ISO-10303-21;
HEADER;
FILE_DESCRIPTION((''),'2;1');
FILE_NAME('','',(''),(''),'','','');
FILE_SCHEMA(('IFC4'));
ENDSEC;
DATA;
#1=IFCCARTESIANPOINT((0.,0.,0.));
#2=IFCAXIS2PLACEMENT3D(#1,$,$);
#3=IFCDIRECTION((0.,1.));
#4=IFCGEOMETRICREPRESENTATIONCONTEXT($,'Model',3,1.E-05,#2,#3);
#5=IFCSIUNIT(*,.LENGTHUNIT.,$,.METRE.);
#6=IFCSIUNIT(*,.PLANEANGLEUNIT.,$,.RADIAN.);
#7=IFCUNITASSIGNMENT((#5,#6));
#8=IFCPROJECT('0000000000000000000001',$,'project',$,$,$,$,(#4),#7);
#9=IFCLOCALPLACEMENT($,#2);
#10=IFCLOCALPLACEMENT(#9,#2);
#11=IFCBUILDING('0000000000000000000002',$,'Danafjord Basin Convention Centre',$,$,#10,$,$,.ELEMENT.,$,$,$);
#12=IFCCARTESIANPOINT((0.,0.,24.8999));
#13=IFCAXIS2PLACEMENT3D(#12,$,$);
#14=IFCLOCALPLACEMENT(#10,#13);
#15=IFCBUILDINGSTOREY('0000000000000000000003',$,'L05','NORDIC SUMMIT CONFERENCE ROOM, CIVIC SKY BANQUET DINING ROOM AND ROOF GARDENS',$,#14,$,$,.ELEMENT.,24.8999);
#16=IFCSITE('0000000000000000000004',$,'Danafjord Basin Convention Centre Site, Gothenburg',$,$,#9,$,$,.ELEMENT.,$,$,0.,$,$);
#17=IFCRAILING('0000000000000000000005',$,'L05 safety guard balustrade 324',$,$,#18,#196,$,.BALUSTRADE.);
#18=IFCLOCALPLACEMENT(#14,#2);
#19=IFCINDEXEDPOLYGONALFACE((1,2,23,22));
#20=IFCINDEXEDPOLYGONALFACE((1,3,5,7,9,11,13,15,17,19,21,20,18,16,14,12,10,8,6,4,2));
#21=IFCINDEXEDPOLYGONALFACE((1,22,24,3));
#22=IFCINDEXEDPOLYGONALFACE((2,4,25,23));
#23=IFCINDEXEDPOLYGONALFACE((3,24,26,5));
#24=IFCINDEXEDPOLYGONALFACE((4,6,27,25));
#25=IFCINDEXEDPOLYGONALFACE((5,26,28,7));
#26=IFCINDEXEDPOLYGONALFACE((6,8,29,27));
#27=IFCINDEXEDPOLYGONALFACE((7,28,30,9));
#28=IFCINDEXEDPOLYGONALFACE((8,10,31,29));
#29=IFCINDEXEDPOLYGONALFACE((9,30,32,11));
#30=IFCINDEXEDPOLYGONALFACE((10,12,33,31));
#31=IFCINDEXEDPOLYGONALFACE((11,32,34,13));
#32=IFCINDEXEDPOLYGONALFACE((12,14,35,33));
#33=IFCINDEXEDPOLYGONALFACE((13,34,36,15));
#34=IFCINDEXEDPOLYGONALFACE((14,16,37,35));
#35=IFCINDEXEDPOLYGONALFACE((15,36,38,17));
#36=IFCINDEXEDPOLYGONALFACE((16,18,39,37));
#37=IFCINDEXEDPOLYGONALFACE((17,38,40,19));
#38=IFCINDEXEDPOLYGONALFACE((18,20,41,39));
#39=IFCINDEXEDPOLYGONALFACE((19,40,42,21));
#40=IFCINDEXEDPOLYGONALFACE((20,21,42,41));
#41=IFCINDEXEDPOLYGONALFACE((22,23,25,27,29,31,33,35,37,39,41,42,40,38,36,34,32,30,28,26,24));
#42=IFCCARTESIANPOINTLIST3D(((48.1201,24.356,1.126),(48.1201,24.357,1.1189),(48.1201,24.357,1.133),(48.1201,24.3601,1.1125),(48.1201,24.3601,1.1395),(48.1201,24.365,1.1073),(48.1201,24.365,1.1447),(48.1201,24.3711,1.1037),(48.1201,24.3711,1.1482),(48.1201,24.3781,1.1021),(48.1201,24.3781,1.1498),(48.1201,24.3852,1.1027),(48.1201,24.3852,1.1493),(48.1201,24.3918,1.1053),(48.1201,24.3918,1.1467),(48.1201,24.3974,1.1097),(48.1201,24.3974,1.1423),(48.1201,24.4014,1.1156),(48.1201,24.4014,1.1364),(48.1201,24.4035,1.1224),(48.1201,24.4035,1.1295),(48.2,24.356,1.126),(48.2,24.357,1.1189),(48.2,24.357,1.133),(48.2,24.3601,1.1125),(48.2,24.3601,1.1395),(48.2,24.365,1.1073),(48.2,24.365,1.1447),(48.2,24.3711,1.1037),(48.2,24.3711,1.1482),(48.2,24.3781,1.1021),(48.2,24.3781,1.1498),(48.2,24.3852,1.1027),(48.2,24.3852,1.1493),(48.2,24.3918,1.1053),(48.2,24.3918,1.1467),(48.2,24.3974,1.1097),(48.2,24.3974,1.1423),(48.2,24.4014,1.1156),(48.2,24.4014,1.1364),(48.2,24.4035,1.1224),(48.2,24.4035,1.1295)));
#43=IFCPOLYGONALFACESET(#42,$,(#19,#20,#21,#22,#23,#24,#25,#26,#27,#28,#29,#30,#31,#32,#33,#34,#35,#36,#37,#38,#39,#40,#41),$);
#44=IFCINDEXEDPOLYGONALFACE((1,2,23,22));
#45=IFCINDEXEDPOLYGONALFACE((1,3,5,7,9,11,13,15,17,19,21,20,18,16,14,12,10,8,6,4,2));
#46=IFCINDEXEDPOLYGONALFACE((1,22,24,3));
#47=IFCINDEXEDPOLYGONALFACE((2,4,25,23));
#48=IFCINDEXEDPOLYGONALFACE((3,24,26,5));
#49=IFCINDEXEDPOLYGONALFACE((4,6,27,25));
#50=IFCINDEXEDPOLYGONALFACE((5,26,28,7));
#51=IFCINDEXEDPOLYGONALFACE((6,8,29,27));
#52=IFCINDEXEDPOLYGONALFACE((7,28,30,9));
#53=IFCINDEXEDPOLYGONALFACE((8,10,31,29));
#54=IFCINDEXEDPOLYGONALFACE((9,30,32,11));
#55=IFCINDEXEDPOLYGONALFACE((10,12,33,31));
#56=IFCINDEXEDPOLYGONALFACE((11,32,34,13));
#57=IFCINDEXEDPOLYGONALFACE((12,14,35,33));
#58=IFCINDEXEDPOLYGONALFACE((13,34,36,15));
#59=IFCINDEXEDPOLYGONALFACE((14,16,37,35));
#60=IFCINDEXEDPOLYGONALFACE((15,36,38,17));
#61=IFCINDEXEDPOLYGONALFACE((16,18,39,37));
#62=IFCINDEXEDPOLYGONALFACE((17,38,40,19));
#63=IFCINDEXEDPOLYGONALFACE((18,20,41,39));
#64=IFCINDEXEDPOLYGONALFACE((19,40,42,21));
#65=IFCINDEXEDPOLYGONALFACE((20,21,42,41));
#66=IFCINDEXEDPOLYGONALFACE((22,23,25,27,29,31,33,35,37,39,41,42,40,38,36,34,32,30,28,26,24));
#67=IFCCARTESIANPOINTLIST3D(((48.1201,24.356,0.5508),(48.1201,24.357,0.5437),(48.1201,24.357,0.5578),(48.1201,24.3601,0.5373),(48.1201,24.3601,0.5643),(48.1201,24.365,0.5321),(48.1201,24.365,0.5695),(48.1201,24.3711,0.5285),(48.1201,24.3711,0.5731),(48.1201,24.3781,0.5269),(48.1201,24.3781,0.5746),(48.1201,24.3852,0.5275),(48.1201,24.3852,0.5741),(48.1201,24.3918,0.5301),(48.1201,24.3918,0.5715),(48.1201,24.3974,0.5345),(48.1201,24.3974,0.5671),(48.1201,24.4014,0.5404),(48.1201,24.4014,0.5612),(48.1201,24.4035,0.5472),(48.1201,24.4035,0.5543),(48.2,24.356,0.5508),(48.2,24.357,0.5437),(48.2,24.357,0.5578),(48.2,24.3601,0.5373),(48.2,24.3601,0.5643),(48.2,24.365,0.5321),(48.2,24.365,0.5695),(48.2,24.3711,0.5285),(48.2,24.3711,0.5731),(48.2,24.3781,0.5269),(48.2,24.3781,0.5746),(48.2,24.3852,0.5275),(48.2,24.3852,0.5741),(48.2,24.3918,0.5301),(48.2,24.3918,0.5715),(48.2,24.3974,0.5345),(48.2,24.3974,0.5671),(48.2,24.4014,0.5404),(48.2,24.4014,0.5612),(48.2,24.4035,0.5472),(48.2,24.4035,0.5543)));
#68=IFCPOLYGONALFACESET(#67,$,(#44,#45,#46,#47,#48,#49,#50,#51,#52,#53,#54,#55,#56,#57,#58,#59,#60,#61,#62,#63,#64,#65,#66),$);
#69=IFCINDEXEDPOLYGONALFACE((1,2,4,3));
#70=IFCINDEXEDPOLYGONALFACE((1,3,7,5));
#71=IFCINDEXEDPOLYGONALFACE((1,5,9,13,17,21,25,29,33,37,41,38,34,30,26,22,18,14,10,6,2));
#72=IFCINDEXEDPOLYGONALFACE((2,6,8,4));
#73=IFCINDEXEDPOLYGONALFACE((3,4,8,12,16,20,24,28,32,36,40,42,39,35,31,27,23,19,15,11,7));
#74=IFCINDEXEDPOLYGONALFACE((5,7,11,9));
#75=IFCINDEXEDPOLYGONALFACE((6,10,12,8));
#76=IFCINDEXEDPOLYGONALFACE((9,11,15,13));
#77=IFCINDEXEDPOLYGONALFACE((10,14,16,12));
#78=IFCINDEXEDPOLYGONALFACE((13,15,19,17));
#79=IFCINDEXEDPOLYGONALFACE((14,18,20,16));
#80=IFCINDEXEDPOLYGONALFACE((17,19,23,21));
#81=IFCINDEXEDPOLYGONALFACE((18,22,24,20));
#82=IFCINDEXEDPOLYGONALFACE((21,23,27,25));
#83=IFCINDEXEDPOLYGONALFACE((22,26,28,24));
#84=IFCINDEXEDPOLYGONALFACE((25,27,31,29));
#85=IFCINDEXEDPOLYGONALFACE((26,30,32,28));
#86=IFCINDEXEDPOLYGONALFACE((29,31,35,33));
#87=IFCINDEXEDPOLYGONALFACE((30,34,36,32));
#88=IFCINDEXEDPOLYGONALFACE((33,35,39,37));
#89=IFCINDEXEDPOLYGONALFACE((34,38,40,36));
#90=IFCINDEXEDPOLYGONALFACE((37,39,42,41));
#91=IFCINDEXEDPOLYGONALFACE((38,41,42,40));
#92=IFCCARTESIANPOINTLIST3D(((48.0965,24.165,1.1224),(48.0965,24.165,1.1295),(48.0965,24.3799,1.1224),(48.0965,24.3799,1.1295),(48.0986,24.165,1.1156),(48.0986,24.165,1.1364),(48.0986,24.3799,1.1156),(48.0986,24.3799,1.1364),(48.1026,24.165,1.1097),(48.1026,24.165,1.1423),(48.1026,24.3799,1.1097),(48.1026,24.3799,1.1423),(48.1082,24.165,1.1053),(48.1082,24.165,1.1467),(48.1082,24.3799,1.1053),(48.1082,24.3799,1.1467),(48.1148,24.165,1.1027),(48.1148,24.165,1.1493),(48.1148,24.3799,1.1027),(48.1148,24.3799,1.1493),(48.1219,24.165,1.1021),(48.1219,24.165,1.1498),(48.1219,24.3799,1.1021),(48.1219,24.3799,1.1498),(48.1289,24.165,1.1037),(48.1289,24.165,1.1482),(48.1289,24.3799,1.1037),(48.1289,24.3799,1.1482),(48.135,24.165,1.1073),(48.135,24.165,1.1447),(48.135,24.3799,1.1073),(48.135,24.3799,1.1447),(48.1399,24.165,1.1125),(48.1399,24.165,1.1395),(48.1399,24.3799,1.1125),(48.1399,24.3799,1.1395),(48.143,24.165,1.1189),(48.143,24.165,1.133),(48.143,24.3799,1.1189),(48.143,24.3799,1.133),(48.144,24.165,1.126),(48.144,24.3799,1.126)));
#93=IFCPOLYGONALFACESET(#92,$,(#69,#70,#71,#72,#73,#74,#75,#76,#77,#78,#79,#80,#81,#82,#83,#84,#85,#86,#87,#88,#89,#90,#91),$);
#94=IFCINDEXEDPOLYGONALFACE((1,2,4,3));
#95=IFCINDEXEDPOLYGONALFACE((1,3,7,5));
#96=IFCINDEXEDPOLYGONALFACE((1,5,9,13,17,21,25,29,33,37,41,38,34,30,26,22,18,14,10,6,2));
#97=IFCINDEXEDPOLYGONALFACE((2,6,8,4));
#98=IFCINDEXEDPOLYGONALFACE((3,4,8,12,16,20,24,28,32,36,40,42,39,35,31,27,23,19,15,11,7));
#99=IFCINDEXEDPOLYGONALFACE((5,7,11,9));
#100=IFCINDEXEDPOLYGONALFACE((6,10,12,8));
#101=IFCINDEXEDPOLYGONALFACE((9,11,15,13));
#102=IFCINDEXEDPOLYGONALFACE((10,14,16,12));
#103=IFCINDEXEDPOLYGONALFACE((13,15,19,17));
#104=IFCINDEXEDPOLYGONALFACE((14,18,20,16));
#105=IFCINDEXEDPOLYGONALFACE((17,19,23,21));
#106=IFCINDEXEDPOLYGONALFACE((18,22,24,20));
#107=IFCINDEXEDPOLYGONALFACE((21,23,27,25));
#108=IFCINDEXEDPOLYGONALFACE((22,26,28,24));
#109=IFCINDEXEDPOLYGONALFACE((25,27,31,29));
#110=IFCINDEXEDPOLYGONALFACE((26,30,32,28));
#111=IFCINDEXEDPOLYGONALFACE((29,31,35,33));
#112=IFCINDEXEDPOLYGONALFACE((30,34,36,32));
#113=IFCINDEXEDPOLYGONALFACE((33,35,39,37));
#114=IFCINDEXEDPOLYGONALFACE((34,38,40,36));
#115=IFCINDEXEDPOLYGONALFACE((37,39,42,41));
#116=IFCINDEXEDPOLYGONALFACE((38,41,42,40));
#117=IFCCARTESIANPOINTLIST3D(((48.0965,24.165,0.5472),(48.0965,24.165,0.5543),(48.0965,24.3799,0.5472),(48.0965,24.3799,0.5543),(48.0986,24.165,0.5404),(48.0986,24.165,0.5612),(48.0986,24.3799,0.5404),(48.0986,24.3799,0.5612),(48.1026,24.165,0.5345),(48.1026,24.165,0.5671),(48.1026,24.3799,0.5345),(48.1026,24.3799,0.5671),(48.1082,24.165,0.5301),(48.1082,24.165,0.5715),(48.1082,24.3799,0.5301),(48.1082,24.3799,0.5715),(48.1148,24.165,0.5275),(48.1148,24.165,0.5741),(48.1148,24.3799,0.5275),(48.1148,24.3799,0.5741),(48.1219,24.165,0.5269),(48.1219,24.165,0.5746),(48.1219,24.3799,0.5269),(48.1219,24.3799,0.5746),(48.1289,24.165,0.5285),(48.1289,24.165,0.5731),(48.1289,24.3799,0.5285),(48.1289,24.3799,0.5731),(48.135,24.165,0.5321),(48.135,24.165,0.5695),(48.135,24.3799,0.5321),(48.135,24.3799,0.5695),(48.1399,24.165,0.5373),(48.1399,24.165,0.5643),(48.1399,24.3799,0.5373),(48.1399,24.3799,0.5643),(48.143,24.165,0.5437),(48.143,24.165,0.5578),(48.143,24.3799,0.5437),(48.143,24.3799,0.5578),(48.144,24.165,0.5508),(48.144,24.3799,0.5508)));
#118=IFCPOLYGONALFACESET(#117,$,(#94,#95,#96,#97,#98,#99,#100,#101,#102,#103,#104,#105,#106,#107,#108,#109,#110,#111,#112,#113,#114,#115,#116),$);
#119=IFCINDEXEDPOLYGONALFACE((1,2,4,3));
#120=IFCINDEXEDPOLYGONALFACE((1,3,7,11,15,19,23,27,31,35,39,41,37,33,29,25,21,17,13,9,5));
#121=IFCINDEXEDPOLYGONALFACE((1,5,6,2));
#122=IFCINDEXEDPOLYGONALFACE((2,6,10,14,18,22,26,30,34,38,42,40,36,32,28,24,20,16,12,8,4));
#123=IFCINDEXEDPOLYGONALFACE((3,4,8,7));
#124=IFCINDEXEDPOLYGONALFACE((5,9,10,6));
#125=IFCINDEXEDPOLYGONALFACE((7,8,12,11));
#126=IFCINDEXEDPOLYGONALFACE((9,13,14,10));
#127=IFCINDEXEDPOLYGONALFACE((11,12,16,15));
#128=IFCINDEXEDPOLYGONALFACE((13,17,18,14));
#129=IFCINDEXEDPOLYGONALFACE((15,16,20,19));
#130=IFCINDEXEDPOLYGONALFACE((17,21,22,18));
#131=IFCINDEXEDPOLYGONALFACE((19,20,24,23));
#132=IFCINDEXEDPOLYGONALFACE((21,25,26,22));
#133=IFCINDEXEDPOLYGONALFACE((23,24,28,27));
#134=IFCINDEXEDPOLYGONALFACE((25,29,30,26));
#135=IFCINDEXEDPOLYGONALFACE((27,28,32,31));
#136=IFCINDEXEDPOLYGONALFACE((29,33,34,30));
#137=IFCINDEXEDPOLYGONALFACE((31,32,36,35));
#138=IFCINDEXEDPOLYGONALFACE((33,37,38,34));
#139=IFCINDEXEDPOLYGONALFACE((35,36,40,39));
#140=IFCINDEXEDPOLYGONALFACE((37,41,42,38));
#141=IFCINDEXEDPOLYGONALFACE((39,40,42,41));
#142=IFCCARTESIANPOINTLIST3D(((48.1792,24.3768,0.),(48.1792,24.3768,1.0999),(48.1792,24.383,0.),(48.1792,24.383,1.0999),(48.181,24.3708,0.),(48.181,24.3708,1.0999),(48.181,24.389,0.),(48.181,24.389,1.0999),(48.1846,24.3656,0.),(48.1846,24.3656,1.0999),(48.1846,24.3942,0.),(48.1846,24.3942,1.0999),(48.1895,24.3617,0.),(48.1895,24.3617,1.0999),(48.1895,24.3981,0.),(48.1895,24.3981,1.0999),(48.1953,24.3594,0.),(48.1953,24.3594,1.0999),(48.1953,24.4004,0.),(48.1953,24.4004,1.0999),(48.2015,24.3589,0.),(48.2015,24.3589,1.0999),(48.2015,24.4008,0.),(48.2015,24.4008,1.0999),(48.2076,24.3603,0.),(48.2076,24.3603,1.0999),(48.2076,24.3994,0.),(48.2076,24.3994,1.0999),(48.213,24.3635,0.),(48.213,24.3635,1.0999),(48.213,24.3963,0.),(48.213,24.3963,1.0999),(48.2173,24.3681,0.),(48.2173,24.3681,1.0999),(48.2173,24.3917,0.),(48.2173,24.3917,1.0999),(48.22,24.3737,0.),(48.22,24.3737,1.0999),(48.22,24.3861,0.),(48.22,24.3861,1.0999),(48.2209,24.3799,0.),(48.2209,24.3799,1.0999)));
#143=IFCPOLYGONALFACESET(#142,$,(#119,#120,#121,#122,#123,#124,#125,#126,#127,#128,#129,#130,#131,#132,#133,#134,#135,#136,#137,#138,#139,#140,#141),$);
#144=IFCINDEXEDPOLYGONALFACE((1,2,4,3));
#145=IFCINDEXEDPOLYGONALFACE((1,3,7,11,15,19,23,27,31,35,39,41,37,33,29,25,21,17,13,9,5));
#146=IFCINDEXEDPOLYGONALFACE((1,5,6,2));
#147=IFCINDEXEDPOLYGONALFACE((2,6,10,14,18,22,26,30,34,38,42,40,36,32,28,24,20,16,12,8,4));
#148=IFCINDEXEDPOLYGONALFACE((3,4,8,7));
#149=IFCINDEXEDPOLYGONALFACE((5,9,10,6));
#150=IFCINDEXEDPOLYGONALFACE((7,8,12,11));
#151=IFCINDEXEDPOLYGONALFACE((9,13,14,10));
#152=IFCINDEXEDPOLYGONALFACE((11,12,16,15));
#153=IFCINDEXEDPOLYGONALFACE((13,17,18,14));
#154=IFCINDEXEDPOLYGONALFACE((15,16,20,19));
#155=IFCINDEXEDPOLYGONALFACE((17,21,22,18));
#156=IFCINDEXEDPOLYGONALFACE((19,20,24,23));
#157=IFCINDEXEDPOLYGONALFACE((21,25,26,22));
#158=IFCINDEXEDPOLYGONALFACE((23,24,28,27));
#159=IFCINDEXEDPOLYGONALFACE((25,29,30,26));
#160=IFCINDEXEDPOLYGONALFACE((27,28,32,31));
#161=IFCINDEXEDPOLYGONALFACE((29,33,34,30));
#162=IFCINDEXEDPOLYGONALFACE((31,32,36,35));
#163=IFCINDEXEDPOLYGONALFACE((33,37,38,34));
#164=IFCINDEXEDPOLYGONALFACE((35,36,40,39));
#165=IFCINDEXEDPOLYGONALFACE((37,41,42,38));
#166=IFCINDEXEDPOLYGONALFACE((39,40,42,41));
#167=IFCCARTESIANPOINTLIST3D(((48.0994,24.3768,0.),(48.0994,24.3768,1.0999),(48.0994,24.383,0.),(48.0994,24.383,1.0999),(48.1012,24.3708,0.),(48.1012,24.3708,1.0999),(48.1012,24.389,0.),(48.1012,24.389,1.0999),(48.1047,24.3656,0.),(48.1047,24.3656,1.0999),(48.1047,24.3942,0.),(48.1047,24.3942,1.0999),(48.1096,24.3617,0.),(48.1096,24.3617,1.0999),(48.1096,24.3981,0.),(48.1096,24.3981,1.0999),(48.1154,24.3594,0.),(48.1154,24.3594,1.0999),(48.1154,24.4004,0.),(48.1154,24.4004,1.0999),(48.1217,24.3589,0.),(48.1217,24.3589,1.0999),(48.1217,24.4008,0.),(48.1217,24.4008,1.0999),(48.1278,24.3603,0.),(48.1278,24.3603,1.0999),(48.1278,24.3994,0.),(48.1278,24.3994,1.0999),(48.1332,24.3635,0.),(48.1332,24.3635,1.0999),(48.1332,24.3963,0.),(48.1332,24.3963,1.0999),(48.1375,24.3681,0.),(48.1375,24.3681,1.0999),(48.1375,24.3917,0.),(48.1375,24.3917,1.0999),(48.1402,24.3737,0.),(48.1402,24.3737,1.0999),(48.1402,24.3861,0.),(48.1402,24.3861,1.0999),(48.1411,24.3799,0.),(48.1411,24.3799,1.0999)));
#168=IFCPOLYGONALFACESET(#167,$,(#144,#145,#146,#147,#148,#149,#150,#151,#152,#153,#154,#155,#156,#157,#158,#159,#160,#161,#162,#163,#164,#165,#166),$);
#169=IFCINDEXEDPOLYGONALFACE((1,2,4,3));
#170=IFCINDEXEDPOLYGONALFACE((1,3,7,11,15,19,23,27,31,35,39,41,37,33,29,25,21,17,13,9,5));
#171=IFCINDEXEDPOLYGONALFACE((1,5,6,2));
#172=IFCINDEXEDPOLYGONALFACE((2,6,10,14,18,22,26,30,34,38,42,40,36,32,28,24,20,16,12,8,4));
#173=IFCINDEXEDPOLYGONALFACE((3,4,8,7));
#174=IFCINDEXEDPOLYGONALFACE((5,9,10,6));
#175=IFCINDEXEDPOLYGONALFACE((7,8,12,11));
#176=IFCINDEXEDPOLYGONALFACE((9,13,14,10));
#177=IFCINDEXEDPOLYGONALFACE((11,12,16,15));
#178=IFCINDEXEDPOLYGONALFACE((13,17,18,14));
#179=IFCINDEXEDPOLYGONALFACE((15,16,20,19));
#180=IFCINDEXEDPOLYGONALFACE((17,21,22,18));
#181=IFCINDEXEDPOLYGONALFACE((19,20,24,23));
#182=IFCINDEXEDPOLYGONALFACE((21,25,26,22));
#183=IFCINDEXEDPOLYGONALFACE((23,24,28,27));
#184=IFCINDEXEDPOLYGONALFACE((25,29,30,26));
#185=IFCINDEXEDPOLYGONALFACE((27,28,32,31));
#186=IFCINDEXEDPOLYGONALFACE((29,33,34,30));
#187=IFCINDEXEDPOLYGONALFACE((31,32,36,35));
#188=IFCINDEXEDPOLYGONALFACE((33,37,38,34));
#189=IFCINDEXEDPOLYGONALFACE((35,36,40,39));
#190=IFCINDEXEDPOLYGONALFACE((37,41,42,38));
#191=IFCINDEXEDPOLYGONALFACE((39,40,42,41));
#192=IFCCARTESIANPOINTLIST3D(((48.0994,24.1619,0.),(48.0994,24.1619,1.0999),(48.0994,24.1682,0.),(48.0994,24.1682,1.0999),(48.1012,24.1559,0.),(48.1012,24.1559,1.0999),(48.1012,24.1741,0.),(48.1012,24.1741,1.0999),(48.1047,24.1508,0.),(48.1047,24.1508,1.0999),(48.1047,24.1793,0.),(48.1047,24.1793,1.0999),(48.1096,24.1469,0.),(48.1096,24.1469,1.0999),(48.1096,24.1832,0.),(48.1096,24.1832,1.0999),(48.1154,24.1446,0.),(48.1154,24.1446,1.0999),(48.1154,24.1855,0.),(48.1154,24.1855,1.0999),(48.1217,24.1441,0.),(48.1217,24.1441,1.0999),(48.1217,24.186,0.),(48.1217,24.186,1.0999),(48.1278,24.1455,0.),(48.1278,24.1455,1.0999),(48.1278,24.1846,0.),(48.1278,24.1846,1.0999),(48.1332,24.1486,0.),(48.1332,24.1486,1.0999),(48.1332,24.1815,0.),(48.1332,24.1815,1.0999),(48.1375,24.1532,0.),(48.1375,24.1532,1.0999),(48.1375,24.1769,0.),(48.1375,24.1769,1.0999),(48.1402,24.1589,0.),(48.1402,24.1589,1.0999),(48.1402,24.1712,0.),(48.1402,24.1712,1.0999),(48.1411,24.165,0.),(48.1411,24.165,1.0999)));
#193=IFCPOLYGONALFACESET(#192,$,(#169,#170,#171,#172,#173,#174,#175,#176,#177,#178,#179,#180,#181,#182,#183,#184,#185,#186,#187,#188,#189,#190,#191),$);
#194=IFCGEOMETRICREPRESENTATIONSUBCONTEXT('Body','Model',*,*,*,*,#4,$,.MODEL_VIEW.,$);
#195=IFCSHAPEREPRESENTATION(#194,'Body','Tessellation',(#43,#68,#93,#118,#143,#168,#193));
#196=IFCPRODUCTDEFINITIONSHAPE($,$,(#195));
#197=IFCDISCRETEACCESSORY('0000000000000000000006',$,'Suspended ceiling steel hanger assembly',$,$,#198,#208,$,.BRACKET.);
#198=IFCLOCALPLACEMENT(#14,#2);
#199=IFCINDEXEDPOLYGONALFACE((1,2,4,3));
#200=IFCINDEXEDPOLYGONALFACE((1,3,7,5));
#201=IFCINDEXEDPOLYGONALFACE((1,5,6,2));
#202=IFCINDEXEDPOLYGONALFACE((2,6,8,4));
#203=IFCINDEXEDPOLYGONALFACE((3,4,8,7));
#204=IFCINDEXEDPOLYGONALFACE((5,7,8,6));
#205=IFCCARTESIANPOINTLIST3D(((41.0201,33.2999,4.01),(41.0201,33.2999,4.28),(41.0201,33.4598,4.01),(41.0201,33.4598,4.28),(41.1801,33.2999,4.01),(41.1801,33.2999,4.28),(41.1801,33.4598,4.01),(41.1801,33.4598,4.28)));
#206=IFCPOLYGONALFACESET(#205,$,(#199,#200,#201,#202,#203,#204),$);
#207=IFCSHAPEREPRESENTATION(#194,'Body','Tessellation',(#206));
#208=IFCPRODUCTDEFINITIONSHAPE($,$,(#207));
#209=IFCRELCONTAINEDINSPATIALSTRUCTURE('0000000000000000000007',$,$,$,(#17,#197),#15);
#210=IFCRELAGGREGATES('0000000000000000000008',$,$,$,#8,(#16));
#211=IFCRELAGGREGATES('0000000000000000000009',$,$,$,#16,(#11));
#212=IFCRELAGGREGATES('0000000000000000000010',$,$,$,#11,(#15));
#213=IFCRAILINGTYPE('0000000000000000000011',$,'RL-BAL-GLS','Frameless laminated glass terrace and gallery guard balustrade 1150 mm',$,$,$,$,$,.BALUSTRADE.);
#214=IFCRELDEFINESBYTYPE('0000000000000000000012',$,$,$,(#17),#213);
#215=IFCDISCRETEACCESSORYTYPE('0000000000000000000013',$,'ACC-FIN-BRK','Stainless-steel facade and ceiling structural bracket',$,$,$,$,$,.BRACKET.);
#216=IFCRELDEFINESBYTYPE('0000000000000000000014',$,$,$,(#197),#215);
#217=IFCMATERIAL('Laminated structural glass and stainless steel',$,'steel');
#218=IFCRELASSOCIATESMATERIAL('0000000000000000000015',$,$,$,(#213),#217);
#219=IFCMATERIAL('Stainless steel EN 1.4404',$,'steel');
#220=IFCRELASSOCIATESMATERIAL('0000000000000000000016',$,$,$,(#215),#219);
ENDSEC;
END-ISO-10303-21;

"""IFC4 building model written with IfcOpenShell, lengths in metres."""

from ifc_helpers import new_model, si_unit, direction, frame, origin, origin_2d, place, context, subcontext, project, spatial, rectangle, circle, extrude, material, type_object, element, save


model = new_model("IFC4")

# Units and contexts
model_context = context("Model", 3, precision=1e-05, world=origin(), true_north=direction((0.0, 1.0)))
body_context = subcontext(model_context, "Body", "Model", "MODEL_VIEW")
ifc_project = project(units=[si_unit("LENGTHUNIT", "METRE"), si_unit("PLANEANGLEUNIT", "RADIAN")], contexts=[model_context])

# Site, building, storey
site_placement = place(None, origin())
site = spatial("IfcSite", under=ifc_project, at=site_placement, Name="Danafjord Basin Convention Centre Site, Gothenburg", CompositionType="ELEMENT", RefElevation=0.0)
building_placement = place(site_placement, origin())
building = spatial("IfcBuilding", under=site, at=building_placement, Name="Danafjord Basin Convention Centre", CompositionType="ELEMENT")
storey_placement = place(building_placement, frame((0.0, 0.0, 24.8999)))
storey = spatial("IfcBuildingStorey", under=building, at=storey_placement, Name="L05", Description="NORDIC SUMMIT CONFERENCE ROOM, CIVIC SKY BANQUET DINING ROOM AND ROOF GARDENS", CompositionType="ELEMENT", Elevation=24.8999)

# Railing
ifc_material_1 = material(Name="Laminated structural glass and stainless steel", Category="steel")
railing_type = type_object("IfcRailingType", Name="RL-BAL-GLS", Description="Frameless laminated glass terrace and gallery guard balustrade 1150 mm", PredefinedType="BALUSTRADE", material=ifc_material_1)
railing_1_placement = place(storey_placement, frame((48.2, 24.3799, 0.0)))
element("IfcRailing", 1, at=railing_1_placement, inside=storey, type_object=railing_type, Name="L05 safety guard balustrade 324", PredefinedType="BALUSTRADE", context=body_context, shape_type="SweptSolid", body=[
    extrude(circle(Radius=0.0239, at=origin_2d()), frame((0.0, 0.0, 1.126), z_axis=(-1.0, 0.0, 0.0), x_axis=(0.0, -1.0, 0.0)), (0.0, 0.0, 1.0), 0.0798),
    extrude(circle(Radius=0.0239, at=origin_2d()), frame((0.0, 0.0, 0.5508), z_axis=(-1.0, 0.0, 0.0), x_axis=(0.0, -1.0, 0.0)), (0.0, 0.0, 1.0), 0.0798),
    extrude(circle(Radius=0.0239, at=origin_2d()), frame((-0.0798, 0.0, 1.126), z_axis=(0.0, -1.0, 0.0), x_axis=(1.0, 0.0, 0.0)), (0.0, 0.0, 1.0), 0.2148),
    extrude(circle(Radius=0.0239, at=origin_2d()), frame((-0.0798, 0.0, 0.5508), z_axis=(0.0, -1.0, 0.0), x_axis=(1.0, 0.0, 0.0)), (0.0, 0.0, 1.0), 0.2148),
    extrude(circle(Radius=0.021, at=origin_2d()), origin(), (0.0, 0.0, 1.0), 1.0999),
    extrude(circle(Radius=0.021, at=origin_2d()), frame((-0.0798, 0.0, 0.0)), (0.0, 0.0, 1.0), 1.0999),
    extrude(circle(Radius=0.021, at=origin_2d()), frame((-0.0798, -0.2148, 0.0)), (0.0, 0.0, 1.0), 1.0999),
])

# Discrete accessory
ifc_material_2 = material(Name="Stainless steel EN 1.4404", Category="steel")
discrete_accessory_type_1 = type_object("IfcDiscreteAccessoryType", Name="ACC-FIN-BRK", Description="Stainless-steel facade and ceiling structural bracket", PredefinedType="BRACKET", material=ifc_material_2)
discrete_accessory_1_placement = place(storey_placement, frame((41.1001, 33.3799, 4.01), z_axis=(0.0, 0.0, 1.0), x_axis=(1.0, 0.0, 0.0)))
element("IfcDiscreteAccessory", 2, at=discrete_accessory_1_placement, inside=storey, type_object=discrete_accessory_type_1, Name="Suspended ceiling steel hanger assembly", PredefinedType="BRACKET", context=body_context, shape_type="SweptSolid", body=[
    extrude(rectangle(XDim=0.1599, YDim=0.1599, at=origin_2d()), origin(), (0.0, 0.0, 1.0), 0.27),
])

save(model, "model.ifc")
